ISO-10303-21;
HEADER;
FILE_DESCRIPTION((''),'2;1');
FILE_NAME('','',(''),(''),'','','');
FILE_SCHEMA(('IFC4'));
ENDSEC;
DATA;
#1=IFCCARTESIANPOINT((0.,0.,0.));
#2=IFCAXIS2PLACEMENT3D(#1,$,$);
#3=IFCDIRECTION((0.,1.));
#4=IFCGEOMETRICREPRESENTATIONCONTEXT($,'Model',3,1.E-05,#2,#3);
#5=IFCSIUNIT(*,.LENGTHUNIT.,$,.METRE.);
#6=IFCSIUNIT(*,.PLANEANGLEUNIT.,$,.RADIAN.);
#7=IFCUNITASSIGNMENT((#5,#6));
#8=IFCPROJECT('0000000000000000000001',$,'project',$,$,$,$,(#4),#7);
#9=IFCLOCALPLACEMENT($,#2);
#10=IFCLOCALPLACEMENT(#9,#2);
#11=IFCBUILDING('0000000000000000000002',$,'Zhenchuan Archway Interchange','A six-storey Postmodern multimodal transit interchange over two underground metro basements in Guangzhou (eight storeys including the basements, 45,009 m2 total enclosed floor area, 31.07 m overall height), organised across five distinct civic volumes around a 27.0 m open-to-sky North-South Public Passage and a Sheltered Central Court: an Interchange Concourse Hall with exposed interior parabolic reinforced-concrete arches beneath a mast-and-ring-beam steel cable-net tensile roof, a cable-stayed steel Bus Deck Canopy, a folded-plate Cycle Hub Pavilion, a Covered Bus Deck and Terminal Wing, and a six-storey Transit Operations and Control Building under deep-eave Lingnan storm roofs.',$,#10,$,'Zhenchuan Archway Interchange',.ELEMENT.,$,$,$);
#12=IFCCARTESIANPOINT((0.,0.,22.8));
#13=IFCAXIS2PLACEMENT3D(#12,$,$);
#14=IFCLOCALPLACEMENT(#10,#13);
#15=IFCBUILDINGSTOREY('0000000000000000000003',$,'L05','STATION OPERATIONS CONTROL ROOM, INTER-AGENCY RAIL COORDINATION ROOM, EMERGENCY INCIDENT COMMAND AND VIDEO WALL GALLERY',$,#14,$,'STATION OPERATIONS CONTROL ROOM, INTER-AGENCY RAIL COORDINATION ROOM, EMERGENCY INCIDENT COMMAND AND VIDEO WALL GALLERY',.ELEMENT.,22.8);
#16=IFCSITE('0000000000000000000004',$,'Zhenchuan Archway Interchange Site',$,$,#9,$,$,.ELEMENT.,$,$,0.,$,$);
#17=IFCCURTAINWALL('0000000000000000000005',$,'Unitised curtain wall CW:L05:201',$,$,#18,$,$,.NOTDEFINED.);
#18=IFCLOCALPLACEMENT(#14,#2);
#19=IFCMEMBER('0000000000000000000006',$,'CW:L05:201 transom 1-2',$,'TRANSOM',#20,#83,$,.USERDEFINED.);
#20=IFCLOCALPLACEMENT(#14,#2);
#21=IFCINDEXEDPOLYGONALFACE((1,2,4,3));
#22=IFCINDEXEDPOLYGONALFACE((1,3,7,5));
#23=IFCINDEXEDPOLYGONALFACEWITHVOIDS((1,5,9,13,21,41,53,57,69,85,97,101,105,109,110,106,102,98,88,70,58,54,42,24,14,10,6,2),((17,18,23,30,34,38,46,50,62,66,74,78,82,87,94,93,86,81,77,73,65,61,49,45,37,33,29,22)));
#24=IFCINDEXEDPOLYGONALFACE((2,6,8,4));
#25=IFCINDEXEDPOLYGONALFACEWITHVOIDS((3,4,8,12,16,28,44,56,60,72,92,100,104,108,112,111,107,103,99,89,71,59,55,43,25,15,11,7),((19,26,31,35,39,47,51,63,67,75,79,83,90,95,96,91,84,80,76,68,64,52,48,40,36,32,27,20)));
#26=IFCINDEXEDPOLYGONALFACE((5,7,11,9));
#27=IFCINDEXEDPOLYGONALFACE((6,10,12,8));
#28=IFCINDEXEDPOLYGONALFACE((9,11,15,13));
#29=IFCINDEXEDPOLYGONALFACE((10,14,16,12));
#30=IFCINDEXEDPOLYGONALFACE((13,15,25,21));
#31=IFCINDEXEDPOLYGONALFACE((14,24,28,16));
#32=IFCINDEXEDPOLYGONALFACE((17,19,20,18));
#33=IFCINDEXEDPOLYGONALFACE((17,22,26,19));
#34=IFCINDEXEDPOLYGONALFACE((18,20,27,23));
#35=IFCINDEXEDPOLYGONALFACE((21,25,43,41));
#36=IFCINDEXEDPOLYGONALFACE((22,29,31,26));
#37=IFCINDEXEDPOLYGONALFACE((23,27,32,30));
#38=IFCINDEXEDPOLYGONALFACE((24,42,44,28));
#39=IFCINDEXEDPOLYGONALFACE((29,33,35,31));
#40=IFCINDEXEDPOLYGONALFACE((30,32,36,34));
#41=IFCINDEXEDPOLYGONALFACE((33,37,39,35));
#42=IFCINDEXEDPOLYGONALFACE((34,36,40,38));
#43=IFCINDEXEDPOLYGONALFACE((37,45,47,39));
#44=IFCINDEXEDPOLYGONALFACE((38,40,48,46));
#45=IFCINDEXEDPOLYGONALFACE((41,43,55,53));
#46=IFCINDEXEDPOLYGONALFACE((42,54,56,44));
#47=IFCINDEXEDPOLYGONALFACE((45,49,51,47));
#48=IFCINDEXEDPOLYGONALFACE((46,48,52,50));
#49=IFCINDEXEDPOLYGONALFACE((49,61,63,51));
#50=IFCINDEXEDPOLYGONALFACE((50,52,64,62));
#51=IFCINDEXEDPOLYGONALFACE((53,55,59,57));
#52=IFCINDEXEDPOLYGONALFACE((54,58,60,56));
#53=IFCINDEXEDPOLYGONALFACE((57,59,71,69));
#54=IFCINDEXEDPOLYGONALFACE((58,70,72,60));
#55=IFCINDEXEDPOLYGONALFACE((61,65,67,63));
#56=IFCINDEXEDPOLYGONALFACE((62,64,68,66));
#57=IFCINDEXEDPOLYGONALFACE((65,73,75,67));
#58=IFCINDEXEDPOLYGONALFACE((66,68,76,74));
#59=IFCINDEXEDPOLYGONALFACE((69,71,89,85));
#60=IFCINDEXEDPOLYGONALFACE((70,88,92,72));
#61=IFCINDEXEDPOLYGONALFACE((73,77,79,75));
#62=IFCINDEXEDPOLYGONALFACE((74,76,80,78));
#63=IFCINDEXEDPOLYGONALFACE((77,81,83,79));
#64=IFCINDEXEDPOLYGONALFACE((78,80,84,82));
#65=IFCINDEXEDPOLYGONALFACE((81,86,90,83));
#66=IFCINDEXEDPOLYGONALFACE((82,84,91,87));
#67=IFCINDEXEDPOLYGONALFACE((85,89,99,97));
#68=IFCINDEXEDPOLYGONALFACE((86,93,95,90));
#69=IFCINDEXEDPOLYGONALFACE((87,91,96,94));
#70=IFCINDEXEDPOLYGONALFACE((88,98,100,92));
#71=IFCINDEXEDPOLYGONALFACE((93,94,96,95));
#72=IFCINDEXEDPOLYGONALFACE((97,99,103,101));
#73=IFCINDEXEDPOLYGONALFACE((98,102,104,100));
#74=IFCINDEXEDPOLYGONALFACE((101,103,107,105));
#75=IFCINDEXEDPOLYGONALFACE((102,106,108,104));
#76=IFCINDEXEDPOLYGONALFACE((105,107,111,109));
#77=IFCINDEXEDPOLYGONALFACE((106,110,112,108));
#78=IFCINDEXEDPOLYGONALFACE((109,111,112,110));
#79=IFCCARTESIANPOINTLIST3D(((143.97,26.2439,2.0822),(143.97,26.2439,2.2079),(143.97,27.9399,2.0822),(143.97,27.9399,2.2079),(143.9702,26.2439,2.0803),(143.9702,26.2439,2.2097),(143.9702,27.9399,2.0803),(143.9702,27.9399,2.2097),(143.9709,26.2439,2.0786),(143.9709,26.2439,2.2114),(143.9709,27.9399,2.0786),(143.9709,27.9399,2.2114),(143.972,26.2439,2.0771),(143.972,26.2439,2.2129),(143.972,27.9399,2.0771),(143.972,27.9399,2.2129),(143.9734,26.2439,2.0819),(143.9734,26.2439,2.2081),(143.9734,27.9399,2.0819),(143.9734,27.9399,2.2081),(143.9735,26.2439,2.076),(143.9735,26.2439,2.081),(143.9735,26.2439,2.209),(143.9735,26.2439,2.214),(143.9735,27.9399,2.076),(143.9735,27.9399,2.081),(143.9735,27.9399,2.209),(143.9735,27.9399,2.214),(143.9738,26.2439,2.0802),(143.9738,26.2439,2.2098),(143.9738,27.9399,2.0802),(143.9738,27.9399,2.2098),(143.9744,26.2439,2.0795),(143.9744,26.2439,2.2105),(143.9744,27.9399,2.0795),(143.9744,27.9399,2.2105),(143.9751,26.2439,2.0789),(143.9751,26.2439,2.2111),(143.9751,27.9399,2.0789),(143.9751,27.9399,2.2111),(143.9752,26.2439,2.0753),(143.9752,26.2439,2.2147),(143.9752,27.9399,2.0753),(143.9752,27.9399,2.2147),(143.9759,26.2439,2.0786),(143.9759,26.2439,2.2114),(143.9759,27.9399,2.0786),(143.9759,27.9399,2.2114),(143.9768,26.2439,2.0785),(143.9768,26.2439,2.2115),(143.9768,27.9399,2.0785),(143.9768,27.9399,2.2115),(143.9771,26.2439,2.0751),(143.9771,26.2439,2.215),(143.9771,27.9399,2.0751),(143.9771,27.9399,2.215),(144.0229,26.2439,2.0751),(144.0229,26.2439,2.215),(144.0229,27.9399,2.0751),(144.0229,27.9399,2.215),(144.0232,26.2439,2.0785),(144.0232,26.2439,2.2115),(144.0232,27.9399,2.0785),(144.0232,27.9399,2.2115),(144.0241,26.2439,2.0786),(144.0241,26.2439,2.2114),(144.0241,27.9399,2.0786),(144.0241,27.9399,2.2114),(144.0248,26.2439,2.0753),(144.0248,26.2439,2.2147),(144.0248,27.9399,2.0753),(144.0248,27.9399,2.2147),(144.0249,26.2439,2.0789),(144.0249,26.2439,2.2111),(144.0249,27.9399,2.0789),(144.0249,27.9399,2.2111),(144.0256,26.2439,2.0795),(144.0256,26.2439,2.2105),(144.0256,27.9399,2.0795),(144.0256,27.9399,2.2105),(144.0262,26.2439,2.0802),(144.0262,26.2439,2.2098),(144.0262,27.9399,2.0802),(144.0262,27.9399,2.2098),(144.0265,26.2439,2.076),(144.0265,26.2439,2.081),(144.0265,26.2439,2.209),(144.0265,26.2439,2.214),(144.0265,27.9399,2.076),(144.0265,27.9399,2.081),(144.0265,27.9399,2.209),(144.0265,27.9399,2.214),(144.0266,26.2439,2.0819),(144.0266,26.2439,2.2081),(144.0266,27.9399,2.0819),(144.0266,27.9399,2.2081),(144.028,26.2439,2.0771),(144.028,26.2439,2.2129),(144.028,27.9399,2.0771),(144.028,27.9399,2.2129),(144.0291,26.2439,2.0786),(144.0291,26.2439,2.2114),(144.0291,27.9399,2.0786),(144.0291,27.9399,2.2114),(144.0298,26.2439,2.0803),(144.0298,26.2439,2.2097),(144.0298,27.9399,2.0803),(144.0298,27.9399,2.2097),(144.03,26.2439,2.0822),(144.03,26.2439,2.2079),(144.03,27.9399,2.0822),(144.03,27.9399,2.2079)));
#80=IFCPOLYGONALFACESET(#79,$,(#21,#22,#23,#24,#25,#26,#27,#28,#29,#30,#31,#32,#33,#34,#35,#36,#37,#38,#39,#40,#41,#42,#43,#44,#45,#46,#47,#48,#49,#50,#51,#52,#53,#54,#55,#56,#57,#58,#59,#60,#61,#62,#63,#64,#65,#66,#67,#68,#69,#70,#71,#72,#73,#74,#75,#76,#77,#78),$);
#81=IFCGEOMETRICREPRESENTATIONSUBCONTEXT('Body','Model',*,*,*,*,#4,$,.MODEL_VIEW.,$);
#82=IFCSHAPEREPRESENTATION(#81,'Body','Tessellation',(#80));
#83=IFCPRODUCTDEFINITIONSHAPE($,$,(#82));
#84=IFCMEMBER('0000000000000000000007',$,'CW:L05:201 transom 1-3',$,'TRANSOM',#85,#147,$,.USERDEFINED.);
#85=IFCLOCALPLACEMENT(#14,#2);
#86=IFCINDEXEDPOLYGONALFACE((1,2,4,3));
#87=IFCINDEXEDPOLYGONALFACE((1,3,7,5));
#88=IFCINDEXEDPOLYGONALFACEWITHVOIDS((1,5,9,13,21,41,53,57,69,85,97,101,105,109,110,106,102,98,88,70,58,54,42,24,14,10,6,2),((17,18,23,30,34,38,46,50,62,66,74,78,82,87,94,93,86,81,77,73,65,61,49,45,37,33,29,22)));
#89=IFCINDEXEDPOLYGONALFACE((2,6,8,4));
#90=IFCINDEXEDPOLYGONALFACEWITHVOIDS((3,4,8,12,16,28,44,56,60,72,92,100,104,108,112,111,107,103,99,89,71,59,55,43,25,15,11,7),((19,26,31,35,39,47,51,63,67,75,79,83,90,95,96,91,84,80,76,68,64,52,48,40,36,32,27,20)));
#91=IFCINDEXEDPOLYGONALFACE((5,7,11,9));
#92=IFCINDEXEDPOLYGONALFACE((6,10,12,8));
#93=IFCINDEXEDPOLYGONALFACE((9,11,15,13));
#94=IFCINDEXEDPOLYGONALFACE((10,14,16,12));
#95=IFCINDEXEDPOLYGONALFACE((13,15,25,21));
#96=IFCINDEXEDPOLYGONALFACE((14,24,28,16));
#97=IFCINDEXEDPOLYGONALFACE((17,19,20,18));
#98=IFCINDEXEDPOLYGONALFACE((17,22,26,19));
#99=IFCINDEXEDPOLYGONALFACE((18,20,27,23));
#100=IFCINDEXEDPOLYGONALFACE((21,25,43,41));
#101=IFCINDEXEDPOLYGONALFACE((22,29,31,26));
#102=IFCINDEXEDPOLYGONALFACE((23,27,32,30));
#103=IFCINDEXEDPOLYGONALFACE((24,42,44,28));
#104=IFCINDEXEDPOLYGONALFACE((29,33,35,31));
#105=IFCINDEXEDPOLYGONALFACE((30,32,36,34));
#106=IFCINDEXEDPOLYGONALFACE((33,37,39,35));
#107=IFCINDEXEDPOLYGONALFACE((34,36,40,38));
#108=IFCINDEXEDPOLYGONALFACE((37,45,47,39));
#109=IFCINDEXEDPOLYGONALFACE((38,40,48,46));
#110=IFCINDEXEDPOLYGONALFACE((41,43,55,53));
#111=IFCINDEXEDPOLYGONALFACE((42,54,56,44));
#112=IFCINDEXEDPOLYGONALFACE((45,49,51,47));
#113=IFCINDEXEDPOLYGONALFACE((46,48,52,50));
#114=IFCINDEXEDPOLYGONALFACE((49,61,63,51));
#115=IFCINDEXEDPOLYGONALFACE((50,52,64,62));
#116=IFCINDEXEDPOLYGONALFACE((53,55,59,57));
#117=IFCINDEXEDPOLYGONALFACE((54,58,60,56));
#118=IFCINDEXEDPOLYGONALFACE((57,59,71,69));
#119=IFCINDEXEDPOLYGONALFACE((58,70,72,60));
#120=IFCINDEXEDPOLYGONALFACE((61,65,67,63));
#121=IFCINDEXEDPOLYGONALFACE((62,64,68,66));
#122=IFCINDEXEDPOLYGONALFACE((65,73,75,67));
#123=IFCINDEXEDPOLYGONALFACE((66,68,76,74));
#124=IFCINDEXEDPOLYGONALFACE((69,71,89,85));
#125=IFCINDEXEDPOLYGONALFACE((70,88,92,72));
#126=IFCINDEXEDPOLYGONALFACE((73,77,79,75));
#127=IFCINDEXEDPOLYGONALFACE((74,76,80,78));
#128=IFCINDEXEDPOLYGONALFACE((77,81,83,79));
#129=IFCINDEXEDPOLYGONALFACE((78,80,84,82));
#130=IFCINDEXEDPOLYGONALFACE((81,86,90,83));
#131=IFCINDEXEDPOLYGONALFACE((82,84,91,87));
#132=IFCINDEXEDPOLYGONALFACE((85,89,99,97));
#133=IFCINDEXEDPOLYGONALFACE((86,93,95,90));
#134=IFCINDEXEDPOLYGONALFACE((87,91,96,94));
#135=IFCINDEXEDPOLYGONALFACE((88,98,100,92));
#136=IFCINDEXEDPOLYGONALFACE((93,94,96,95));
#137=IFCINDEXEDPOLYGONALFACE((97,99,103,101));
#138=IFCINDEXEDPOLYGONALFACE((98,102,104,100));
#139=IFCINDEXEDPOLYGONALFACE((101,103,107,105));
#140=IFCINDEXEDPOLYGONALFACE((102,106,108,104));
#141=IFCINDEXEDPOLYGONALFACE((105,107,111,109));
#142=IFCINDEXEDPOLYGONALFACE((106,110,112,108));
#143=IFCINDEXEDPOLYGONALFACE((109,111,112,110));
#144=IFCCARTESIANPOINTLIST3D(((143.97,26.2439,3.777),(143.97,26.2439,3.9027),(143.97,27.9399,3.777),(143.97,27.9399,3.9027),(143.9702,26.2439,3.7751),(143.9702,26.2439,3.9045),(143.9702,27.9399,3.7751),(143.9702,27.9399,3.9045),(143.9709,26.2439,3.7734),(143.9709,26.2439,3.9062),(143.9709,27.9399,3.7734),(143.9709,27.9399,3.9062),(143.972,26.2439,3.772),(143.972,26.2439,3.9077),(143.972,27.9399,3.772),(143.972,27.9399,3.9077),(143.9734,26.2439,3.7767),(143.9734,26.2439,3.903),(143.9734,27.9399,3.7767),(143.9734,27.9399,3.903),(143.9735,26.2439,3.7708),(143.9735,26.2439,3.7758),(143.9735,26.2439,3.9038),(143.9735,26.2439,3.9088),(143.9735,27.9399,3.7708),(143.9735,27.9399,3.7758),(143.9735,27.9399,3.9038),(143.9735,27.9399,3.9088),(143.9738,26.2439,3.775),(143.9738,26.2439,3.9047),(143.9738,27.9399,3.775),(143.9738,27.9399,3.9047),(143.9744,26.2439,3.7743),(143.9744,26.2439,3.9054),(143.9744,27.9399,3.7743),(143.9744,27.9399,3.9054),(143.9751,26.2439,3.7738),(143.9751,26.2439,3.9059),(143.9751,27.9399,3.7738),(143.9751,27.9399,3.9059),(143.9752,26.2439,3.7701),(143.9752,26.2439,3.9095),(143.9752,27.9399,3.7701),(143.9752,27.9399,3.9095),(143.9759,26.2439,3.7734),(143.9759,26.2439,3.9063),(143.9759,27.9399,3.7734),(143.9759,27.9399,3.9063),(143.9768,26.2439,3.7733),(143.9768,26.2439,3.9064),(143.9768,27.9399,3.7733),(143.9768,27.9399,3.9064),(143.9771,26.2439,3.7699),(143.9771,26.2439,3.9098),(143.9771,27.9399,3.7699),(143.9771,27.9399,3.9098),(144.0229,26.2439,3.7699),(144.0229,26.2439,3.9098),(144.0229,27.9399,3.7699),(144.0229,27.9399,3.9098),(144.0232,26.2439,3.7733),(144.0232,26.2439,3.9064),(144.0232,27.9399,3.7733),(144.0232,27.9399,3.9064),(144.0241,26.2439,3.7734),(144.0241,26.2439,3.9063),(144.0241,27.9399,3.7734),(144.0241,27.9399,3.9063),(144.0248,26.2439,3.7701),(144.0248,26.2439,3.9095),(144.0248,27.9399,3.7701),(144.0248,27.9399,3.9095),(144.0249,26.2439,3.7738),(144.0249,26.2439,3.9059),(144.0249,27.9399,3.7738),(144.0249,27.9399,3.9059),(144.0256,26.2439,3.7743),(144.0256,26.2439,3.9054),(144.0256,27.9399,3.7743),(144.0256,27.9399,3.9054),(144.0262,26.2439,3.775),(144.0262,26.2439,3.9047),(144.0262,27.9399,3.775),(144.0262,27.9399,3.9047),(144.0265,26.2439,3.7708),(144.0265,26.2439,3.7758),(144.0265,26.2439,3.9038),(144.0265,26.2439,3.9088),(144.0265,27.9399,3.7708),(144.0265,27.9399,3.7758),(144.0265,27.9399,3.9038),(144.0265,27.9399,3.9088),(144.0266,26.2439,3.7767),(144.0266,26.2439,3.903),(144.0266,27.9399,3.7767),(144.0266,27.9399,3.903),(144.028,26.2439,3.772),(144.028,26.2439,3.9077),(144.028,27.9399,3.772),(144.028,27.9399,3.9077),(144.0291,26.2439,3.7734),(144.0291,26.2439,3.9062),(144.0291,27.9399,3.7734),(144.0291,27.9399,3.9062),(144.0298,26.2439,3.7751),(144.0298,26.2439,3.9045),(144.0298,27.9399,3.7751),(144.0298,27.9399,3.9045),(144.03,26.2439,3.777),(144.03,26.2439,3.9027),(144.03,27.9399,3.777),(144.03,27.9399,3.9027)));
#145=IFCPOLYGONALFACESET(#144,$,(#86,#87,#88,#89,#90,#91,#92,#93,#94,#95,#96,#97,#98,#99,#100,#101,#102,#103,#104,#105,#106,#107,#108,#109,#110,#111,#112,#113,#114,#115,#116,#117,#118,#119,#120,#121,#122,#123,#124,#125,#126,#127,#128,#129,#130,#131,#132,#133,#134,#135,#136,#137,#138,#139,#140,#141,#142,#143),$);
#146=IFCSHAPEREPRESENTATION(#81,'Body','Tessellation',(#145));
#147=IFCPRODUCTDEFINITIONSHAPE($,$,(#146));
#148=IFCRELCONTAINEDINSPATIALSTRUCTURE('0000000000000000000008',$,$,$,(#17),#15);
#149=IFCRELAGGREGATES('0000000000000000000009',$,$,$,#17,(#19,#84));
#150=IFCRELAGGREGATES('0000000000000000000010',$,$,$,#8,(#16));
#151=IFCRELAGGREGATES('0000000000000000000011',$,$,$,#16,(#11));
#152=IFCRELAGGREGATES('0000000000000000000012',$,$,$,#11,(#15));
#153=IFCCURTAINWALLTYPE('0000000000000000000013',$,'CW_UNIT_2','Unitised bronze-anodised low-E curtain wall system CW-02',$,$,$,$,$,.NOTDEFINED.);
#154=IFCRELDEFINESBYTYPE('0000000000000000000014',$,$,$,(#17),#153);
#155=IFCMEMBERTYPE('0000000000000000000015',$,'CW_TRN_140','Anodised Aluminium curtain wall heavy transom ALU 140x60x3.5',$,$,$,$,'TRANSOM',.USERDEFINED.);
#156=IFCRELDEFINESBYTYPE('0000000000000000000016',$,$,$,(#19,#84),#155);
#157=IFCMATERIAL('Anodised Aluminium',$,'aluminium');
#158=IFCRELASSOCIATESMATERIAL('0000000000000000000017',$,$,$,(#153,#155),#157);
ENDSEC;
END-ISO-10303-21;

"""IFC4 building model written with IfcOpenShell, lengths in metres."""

from ifc_helpers import new_model, si_unit, direction, frame, origin, origin_2d, place, context, subcontext, project, spatial, hollow_rectangle, extrude, material, material_profile, profile_set, type_object, element, aggregate, save


model = new_model("IFC4")

# Units and contexts
model_context = context("Model", 3, precision=1e-05, world=origin(), true_north=direction((0.0, 1.0)))
body_context = subcontext(model_context, "Body", "Model", "MODEL_VIEW")
ifc_project = project(units=[si_unit("LENGTHUNIT", "METRE"), si_unit("PLANEANGLEUNIT", "RADIAN")], contexts=[model_context])

# Site, building, storey
site_placement = place(None, origin())
site = spatial("IfcSite", under=ifc_project, at=site_placement, Name="Zhenchuan Archway Interchange Site", CompositionType="ELEMENT", RefElevation=0.0)
building_placement = place(site_placement, origin())
building = spatial("IfcBuilding", under=site, at=building_placement, Name="Zhenchuan Archway Interchange", Description="A six-storey Postmodern multimodal transit interchange over two underground metro basements in Guangzhou (eight storeys including the basements, 45,009 m2 total enclosed floor area, 31.07 m overall height), organised across five distinct civic volumes around a 27.0 m open-to-sky North-South Public Passage and a Sheltered Central Court: an Interchange Concourse Hall with exposed interior parabolic reinforced-concrete arches beneath a mast-and-ring-beam steel cable-net tensile roof, a cable-stayed steel Bus Deck Canopy, a folded-plate Cycle Hub Pavilion, a Covered Bus Deck and Terminal Wing, and a six-storey Transit Operations and Control Building under deep-eave Lingnan storm roofs.", LongName="Zhenchuan Archway Interchange", CompositionType="ELEMENT")
storey_placement = place(building_placement, frame((0.0, 0.0, 22.8)))
storey = spatial("IfcBuildingStorey", under=building, at=storey_placement, Name="L05", Description="STATION OPERATIONS CONTROL ROOM, INTER-AGENCY RAIL COORDINATION ROOM, EMERGENCY INCIDENT COMMAND AND VIDEO WALL GALLERY", LongName="STATION OPERATIONS CONTROL ROOM, INTER-AGENCY RAIL COORDINATION ROOM, EMERGENCY INCIDENT COMMAND AND VIDEO WALL GALLERY", CompositionType="ELEMENT", Elevation=22.8)

# Shared definitions
ifc_material_1 = material(Name="Anodised Aluminium", Category="aluminium")

# Curtain wall, members
curtain_wall_type_1 = type_object("IfcCurtainWallType", Name="CW_UNIT_2", Description="Unitised bronze-anodised low-E curtain wall system CW-02", PredefinedType="NOTDEFINED", material=ifc_material_1)
curtain_wall_1_placement = place(storey_placement, origin())
curtain_wall_1 = element("IfcCurtainWall", 1, at=curtain_wall_1_placement, inside=storey, type_object=curtain_wall_type_1, Name="Unitised curtain wall CW:L05:201", PredefinedType="NOTDEFINED")
ifc_material_profile_1 = material_profile(ifc_material_1, hollow_rectangle(XDim=0.0601, YDim=0.1399, WallThickness=0.0034, InnerFilletRadius=0.0034, OuterFilletRadius=0.0071, at=origin_2d()), Name="ALU 140x60x3.5")
ifc_profile_set_1 = profile_set([ifc_material_profile_1], Name="Anodised Aluminium")
member_type_1 = type_object("IfcMemberType", Name="CW_TRN_140", Description="Anodised Aluminium curtain wall heavy transom ALU 140x60x3.5", ElementType="TRANSOM", PredefinedType="USERDEFINED", material=ifc_profile_set_1)
member_1_placement = place(storey_placement, frame((144.0, 26.2439, 2.145), z_axis=(0.0, 1.0, 0.0), x_axis=(-1.0, 0.0, 0.0)))
member_1 = element("IfcMember", 2, at=member_1_placement, type_object=member_type_1, Name="CW:L05:201 transom 1-2", ObjectType="TRANSOM", PredefinedType="USERDEFINED", context=body_context, shape_type="SweptSolid", body=[
    extrude(hollow_rectangle(XDim=0.0601, YDim=0.1399, WallThickness=0.0034, InnerFilletRadius=0.0034, OuterFilletRadius=0.0071, at=origin_2d()), origin(), (0.0, 0.0, 1.0), 1.696),
])
member_2_placement = place(storey_placement, frame((144.0, 26.2439, 3.8398), z_axis=(0.0, 1.0, 0.0), x_axis=(-1.0, 0.0, 0.0)))
member_2 = element("IfcMember", 3, at=member_2_placement, type_object=member_type_1, Name="CW:L05:201 transom 1-3", ObjectType="TRANSOM", PredefinedType="USERDEFINED", context=body_context, shape_type="SweptSolid", body=[
    extrude(hollow_rectangle(XDim=0.0601, YDim=0.1399, WallThickness=0.0034, InnerFilletRadius=0.0034, OuterFilletRadius=0.0071, at=origin_2d()), origin(), (0.0, 0.0, 1.0), 1.696),
])

aggregate(curtain_wall_1, [member_1, member_2])

save(model, "model.ifc")
